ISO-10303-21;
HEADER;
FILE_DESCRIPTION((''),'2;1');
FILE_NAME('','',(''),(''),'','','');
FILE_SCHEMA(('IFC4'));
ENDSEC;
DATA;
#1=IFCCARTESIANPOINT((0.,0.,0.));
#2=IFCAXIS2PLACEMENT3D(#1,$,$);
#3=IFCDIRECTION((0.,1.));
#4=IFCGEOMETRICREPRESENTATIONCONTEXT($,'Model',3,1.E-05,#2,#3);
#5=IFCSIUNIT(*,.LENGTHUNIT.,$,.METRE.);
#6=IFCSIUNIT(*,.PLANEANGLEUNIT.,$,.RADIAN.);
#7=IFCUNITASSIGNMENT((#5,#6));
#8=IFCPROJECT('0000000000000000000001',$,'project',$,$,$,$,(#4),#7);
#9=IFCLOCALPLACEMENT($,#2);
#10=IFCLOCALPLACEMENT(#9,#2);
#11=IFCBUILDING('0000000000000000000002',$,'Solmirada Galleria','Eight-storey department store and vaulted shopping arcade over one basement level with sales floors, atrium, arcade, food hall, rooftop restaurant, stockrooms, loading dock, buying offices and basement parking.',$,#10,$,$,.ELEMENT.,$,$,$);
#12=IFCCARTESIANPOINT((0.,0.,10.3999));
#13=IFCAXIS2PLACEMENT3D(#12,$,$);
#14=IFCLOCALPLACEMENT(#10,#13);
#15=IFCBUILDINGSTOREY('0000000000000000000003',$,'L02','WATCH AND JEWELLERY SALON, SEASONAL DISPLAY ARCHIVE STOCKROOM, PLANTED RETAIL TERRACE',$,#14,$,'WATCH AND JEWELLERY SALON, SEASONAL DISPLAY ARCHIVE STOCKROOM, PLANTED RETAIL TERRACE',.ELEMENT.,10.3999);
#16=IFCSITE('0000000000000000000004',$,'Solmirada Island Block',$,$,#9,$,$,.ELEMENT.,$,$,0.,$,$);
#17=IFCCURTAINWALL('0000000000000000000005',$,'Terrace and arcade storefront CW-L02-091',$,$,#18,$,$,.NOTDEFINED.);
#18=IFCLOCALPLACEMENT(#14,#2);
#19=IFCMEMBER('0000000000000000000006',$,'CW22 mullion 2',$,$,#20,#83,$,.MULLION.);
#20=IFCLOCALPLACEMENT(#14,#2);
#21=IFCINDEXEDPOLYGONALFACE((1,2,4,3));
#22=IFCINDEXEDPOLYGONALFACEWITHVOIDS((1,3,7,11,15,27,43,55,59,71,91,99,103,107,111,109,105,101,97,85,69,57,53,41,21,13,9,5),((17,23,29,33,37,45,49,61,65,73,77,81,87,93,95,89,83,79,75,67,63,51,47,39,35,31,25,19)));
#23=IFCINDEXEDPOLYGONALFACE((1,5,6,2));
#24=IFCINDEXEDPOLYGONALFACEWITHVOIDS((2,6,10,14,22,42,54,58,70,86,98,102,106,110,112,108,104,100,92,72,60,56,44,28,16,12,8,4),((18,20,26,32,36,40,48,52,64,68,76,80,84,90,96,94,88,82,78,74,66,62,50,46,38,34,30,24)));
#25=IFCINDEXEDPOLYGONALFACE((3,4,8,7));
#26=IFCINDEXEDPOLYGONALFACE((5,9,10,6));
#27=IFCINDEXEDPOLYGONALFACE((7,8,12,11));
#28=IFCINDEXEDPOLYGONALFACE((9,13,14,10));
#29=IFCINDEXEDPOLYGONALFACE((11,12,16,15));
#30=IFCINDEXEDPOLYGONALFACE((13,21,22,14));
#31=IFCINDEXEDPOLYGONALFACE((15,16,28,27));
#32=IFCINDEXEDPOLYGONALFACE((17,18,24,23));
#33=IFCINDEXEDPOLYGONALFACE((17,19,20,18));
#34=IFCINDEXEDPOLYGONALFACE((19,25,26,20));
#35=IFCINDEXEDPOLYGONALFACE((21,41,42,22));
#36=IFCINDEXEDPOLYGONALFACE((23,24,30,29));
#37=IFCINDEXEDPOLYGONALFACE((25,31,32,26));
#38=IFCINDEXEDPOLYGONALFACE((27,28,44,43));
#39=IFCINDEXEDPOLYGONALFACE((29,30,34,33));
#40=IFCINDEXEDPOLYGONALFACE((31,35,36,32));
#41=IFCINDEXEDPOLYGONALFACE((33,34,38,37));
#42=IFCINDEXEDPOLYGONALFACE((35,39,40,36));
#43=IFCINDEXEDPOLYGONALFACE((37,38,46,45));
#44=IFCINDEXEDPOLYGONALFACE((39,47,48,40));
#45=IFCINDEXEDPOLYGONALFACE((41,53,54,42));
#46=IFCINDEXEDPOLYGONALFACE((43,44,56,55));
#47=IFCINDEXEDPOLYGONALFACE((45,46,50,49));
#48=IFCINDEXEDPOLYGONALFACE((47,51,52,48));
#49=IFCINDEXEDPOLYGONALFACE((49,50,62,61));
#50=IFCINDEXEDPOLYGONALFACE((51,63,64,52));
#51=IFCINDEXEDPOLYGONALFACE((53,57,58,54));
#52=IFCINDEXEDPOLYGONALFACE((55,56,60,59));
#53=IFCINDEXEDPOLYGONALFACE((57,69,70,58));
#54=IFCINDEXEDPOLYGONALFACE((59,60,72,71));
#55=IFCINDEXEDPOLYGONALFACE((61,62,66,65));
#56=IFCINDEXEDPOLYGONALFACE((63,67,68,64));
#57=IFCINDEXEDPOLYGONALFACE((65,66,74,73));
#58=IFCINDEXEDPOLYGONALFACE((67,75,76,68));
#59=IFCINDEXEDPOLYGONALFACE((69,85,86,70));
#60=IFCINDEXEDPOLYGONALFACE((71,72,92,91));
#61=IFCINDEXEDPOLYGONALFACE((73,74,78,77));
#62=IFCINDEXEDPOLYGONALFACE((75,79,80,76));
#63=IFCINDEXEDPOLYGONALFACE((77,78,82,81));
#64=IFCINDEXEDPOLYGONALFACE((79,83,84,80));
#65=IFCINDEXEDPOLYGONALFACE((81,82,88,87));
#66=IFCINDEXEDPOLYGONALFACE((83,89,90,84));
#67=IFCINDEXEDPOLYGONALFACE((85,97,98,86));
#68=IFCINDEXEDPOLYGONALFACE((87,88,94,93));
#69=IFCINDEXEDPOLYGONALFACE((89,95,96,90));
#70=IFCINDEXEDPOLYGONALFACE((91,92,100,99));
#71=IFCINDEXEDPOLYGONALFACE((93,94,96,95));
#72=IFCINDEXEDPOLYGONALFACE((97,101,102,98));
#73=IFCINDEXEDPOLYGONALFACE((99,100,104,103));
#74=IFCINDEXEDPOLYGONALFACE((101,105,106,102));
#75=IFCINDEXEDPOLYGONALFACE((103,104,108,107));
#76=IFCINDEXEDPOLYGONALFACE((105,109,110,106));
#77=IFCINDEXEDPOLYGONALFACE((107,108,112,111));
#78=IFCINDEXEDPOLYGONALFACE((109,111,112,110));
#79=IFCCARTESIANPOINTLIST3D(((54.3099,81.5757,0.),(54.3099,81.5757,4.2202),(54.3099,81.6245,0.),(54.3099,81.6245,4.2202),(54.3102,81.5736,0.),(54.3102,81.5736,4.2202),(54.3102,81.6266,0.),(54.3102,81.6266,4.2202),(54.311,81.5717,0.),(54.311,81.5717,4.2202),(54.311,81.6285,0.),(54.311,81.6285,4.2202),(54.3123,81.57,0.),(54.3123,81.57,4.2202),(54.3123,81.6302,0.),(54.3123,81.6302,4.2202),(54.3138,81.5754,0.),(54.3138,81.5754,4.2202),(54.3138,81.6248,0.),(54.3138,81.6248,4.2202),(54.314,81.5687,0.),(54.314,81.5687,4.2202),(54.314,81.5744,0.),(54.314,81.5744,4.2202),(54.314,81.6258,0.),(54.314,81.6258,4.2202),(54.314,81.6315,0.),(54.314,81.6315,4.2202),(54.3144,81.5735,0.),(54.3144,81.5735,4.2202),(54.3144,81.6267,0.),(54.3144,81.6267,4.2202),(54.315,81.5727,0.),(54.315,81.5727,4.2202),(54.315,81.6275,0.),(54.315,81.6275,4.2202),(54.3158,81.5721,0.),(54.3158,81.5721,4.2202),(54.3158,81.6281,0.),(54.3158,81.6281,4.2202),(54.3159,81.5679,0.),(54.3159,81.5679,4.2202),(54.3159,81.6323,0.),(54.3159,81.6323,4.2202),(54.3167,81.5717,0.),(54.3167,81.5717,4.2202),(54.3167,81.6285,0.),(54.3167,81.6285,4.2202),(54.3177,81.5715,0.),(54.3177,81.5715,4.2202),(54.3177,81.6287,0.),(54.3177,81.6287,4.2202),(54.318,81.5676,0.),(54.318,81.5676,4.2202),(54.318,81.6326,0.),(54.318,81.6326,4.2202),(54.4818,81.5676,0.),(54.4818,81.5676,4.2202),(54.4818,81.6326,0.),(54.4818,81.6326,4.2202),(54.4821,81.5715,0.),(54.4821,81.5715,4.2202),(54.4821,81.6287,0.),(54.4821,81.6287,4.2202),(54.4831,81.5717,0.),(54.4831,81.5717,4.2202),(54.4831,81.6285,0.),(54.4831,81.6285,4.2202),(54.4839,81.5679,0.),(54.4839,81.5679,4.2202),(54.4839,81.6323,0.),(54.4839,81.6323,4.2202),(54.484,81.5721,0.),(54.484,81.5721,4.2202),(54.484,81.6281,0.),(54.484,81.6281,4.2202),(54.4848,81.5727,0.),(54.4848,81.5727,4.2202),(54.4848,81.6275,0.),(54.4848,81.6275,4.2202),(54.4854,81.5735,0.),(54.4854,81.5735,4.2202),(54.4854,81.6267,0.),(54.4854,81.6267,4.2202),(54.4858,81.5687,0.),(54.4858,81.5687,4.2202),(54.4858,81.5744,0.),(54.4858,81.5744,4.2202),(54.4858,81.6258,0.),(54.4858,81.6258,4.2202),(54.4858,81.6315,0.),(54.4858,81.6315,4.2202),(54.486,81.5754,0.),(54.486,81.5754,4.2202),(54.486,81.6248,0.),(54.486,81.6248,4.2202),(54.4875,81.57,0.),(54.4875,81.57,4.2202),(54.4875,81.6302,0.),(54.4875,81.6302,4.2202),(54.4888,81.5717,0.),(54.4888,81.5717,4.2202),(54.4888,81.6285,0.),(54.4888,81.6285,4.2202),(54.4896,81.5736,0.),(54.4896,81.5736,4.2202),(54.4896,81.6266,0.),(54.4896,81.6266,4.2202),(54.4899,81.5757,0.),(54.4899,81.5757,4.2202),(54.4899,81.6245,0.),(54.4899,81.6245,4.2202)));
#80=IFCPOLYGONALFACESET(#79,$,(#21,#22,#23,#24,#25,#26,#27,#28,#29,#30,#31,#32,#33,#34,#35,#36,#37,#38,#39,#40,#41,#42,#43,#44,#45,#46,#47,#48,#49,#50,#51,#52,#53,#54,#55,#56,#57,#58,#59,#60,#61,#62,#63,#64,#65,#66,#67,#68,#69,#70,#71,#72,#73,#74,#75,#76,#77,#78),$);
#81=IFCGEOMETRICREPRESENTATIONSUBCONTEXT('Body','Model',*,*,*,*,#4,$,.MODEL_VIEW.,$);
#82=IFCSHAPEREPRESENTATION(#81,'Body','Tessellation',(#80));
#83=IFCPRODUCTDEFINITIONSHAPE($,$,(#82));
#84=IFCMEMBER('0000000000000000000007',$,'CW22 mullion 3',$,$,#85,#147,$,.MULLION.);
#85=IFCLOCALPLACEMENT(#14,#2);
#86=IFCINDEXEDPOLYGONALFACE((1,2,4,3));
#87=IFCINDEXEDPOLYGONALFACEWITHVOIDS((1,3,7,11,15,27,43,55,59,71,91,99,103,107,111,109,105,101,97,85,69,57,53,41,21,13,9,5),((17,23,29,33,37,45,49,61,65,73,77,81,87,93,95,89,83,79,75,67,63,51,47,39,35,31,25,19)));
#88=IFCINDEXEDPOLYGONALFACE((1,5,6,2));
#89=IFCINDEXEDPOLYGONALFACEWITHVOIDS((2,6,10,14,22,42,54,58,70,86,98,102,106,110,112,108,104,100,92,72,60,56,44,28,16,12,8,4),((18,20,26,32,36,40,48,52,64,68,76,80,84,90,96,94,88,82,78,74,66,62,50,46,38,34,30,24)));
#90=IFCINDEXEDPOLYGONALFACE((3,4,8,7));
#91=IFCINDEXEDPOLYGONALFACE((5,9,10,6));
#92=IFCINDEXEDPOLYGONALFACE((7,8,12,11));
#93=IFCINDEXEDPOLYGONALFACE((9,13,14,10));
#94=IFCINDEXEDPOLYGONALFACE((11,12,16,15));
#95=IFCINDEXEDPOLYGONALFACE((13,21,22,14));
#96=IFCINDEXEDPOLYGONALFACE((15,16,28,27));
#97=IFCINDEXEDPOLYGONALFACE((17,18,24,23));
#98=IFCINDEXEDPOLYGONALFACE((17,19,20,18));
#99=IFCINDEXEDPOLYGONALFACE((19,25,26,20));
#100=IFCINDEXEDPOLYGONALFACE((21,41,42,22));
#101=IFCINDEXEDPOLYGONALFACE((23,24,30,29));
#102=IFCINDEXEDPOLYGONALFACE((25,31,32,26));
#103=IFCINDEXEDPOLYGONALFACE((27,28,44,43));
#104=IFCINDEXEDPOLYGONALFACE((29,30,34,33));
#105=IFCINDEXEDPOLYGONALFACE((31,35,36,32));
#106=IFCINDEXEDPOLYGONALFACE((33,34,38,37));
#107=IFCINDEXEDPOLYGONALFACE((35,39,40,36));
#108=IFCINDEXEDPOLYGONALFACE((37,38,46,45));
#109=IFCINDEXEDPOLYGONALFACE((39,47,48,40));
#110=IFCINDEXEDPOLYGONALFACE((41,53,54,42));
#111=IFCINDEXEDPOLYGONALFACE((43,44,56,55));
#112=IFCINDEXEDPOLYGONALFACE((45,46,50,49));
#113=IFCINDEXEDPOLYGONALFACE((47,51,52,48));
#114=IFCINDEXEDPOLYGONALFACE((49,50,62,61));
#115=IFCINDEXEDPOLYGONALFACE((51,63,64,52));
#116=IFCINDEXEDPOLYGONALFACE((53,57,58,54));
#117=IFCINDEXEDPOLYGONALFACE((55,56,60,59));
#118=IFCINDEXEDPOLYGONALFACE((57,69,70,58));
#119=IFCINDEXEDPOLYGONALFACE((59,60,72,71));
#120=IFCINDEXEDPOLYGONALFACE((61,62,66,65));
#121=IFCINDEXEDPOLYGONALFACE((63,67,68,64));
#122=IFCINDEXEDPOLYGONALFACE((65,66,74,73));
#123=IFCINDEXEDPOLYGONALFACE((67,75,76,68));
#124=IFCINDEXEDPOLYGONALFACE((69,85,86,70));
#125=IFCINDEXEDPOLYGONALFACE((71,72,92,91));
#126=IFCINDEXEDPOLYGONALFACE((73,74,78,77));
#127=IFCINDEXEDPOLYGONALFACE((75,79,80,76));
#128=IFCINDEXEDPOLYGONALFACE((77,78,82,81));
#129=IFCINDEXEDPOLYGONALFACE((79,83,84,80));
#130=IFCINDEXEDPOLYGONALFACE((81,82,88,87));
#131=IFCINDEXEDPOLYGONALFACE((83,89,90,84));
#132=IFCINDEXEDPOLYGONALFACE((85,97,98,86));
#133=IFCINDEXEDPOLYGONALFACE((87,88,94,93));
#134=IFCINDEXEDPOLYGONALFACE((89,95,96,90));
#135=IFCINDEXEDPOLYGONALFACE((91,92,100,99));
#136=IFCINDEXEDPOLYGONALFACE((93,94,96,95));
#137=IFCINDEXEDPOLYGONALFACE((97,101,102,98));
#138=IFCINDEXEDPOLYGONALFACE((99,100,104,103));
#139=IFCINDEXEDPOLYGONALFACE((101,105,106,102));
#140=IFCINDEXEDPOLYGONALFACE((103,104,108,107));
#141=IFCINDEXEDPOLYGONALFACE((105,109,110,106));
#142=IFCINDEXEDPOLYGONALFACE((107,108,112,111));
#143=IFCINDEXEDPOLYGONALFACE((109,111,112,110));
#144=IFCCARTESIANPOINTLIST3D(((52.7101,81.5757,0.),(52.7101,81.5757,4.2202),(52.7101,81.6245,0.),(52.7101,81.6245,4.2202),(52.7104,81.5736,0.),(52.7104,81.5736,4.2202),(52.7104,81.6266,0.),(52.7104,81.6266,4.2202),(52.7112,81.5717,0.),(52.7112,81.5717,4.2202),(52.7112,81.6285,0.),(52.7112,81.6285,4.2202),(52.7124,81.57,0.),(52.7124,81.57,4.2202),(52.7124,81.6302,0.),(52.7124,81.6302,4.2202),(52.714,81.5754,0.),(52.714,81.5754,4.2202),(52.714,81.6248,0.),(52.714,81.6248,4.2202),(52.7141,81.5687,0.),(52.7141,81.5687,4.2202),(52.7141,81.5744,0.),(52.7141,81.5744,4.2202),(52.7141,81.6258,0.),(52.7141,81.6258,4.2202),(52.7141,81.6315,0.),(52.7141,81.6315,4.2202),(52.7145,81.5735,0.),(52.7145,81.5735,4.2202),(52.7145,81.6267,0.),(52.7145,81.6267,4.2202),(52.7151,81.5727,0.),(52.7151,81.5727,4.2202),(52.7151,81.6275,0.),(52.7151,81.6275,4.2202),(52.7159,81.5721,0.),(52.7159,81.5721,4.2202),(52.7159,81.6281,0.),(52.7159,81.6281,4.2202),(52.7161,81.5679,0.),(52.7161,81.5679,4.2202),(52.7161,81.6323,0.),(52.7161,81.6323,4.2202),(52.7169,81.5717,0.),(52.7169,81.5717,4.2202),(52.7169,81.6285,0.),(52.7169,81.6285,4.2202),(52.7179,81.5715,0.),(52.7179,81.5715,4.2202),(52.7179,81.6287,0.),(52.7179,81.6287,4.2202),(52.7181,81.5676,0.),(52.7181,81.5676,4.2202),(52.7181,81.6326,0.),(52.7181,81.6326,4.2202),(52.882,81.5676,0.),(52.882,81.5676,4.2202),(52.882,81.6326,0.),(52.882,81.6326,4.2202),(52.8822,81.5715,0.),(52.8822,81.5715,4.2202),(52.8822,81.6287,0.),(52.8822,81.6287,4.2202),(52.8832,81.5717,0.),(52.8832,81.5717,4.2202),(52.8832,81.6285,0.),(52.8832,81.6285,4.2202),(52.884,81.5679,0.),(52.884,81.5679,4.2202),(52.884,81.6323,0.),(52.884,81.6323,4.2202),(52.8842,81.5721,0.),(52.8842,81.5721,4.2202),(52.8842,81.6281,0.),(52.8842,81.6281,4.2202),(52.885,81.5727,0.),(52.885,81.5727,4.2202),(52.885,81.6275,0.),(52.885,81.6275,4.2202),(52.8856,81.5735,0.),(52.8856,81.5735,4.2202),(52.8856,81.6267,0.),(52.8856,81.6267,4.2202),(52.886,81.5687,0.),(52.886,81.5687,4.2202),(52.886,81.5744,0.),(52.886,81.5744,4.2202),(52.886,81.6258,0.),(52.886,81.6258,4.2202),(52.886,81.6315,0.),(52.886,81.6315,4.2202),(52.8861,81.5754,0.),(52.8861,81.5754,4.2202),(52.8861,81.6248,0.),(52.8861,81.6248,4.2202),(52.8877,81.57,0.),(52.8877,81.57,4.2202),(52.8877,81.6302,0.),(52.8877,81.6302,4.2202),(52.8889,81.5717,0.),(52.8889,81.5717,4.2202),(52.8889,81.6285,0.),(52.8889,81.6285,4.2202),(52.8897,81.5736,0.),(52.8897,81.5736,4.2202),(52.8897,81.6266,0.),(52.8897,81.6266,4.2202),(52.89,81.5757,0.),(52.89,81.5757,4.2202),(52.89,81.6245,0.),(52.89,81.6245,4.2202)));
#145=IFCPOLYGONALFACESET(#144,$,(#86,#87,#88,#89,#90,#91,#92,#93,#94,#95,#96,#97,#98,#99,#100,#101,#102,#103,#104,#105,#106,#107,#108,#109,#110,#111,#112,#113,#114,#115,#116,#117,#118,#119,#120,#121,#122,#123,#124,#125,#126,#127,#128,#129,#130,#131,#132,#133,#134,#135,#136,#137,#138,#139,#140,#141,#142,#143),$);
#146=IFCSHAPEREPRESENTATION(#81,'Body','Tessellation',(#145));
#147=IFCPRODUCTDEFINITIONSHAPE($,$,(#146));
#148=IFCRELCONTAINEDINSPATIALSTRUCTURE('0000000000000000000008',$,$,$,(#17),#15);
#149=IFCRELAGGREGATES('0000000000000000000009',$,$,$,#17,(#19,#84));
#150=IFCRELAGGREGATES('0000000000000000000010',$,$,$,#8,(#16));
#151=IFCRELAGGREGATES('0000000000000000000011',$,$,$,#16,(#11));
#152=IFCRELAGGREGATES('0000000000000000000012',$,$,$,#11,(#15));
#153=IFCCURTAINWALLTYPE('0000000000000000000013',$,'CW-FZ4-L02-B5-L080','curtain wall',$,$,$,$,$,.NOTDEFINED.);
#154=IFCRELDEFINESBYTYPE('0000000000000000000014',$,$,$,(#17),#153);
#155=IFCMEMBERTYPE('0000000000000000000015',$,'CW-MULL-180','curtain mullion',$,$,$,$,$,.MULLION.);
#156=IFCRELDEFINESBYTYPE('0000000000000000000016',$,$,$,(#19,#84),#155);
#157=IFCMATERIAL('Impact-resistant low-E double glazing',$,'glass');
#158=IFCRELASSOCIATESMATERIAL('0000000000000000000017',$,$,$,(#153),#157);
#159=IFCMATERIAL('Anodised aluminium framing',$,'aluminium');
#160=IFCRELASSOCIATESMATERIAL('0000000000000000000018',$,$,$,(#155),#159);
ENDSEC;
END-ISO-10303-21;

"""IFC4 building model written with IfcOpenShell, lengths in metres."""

from ifc_helpers import new_model, si_unit, direction, frame, origin, origin_2d, place, context, subcontext, project, spatial, hollow_rectangle, extrude, material, material_profile, profile_set, type_object, element, aggregate, save


model = new_model("IFC4")

# Units and contexts
model_context = context("Model", 3, precision=1e-05, world=origin(), true_north=direction((0.0, 1.0)))
body_context = subcontext(model_context, "Body", "Model", "MODEL_VIEW")
ifc_project = project(units=[si_unit("LENGTHUNIT", "METRE"), si_unit("PLANEANGLEUNIT", "RADIAN")], contexts=[model_context])

# Site, building, storey
site_placement = place(None, origin())
site = spatial("IfcSite", under=ifc_project, at=site_placement, Name="Solmirada Island Block", CompositionType="ELEMENT", RefElevation=0.0)
building_placement = place(site_placement, origin())
building = spatial("IfcBuilding", under=site, at=building_placement, Name="Solmirada Galleria", Description="Eight-storey department store and vaulted shopping arcade over one basement level with sales floors, atrium, arcade, food hall, rooftop restaurant, stockrooms, loading dock, buying offices and basement parking.", CompositionType="ELEMENT")
storey_placement = place(building_placement, frame((0.0, 0.0, 10.3999)))
storey = spatial("IfcBuildingStorey", under=building, at=storey_placement, Name="L02", Description="WATCH AND JEWELLERY SALON, SEASONAL DISPLAY ARCHIVE STOCKROOM, PLANTED RETAIL TERRACE", LongName="WATCH AND JEWELLERY SALON, SEASONAL DISPLAY ARCHIVE STOCKROOM, PLANTED RETAIL TERRACE", CompositionType="ELEMENT", Elevation=10.3999)

# Curtain wall, members
ifc_material_1 = material(Name="Impact-resistant low-E double glazing", Category="glass")
curtain_wall_type = type_object("IfcCurtainWallType", Name="CW-FZ4-L02-B5-L080", Description="curtain wall", PredefinedType="NOTDEFINED", material=ifc_material_1)
ifc_material_2 = material(Name="Anodised aluminium framing", Category="aluminium")
ifc_material_profile_1 = material_profile(ifc_material_2, hollow_rectangle(XDim=0.0649, YDim=0.1799, WallThickness=0.0039, InnerFilletRadius=0.0039, OuterFilletRadius=0.0081, at=origin_2d()), Name="ALU-MULL-180X65")
ifc_profile_set_1 = profile_set([ifc_material_profile_1], Name="Anodised aluminium framing")
member_type_1 = type_object("IfcMemberType", Name="CW-MULL-180", Description="curtain mullion", PredefinedType="MULLION", material=ifc_profile_set_1)
curtain_wall_1_placement = place(storey_placement, origin())
curtain_wall_1 = element("IfcCurtainWall", 1, at=curtain_wall_1_placement, inside=storey, type_object=curtain_wall_type, Name="Terrace and arcade storefront CW-L02-091", PredefinedType="NOTDEFINED")
member_1_placement = place(storey_placement, frame((54.3999, 81.6001, 0.0), z_axis=(0.0, 0.0, 1.0), x_axis=(0.0, -1.0, 0.0)))
member_1 = element("IfcMember", 2, at=member_1_placement, type_object=member_type_1, Name="CW22 mullion 2", PredefinedType="MULLION", context=body_context, shape_type="SweptSolid", body=[
    extrude(hollow_rectangle(XDim=0.0649, YDim=0.1799, WallThickness=0.0039, InnerFilletRadius=0.0039, OuterFilletRadius=0.0081, at=origin_2d()), origin(), (0.0, 0.0, 1.0), 4.2202),
])
member_2_placement = place(storey_placement, frame((52.8, 81.6001, 0.0), z_axis=(0.0, 0.0, 1.0), x_axis=(0.0, -1.0, 0.0)))
member_2 = element("IfcMember", 3, at=member_2_placement, type_object=member_type_1, Name="CW22 mullion 3", PredefinedType="MULLION", context=body_context, shape_type="SweptSolid", body=[
    extrude(hollow_rectangle(XDim=0.0649, YDim=0.1799, WallThickness=0.0039, InnerFilletRadius=0.0039, OuterFilletRadius=0.0081, at=origin_2d()), origin(), (0.0, 0.0, 1.0), 4.2202),
])

aggregate(curtain_wall_1, [member_1, member_2])

save(model, "model.ifc")
